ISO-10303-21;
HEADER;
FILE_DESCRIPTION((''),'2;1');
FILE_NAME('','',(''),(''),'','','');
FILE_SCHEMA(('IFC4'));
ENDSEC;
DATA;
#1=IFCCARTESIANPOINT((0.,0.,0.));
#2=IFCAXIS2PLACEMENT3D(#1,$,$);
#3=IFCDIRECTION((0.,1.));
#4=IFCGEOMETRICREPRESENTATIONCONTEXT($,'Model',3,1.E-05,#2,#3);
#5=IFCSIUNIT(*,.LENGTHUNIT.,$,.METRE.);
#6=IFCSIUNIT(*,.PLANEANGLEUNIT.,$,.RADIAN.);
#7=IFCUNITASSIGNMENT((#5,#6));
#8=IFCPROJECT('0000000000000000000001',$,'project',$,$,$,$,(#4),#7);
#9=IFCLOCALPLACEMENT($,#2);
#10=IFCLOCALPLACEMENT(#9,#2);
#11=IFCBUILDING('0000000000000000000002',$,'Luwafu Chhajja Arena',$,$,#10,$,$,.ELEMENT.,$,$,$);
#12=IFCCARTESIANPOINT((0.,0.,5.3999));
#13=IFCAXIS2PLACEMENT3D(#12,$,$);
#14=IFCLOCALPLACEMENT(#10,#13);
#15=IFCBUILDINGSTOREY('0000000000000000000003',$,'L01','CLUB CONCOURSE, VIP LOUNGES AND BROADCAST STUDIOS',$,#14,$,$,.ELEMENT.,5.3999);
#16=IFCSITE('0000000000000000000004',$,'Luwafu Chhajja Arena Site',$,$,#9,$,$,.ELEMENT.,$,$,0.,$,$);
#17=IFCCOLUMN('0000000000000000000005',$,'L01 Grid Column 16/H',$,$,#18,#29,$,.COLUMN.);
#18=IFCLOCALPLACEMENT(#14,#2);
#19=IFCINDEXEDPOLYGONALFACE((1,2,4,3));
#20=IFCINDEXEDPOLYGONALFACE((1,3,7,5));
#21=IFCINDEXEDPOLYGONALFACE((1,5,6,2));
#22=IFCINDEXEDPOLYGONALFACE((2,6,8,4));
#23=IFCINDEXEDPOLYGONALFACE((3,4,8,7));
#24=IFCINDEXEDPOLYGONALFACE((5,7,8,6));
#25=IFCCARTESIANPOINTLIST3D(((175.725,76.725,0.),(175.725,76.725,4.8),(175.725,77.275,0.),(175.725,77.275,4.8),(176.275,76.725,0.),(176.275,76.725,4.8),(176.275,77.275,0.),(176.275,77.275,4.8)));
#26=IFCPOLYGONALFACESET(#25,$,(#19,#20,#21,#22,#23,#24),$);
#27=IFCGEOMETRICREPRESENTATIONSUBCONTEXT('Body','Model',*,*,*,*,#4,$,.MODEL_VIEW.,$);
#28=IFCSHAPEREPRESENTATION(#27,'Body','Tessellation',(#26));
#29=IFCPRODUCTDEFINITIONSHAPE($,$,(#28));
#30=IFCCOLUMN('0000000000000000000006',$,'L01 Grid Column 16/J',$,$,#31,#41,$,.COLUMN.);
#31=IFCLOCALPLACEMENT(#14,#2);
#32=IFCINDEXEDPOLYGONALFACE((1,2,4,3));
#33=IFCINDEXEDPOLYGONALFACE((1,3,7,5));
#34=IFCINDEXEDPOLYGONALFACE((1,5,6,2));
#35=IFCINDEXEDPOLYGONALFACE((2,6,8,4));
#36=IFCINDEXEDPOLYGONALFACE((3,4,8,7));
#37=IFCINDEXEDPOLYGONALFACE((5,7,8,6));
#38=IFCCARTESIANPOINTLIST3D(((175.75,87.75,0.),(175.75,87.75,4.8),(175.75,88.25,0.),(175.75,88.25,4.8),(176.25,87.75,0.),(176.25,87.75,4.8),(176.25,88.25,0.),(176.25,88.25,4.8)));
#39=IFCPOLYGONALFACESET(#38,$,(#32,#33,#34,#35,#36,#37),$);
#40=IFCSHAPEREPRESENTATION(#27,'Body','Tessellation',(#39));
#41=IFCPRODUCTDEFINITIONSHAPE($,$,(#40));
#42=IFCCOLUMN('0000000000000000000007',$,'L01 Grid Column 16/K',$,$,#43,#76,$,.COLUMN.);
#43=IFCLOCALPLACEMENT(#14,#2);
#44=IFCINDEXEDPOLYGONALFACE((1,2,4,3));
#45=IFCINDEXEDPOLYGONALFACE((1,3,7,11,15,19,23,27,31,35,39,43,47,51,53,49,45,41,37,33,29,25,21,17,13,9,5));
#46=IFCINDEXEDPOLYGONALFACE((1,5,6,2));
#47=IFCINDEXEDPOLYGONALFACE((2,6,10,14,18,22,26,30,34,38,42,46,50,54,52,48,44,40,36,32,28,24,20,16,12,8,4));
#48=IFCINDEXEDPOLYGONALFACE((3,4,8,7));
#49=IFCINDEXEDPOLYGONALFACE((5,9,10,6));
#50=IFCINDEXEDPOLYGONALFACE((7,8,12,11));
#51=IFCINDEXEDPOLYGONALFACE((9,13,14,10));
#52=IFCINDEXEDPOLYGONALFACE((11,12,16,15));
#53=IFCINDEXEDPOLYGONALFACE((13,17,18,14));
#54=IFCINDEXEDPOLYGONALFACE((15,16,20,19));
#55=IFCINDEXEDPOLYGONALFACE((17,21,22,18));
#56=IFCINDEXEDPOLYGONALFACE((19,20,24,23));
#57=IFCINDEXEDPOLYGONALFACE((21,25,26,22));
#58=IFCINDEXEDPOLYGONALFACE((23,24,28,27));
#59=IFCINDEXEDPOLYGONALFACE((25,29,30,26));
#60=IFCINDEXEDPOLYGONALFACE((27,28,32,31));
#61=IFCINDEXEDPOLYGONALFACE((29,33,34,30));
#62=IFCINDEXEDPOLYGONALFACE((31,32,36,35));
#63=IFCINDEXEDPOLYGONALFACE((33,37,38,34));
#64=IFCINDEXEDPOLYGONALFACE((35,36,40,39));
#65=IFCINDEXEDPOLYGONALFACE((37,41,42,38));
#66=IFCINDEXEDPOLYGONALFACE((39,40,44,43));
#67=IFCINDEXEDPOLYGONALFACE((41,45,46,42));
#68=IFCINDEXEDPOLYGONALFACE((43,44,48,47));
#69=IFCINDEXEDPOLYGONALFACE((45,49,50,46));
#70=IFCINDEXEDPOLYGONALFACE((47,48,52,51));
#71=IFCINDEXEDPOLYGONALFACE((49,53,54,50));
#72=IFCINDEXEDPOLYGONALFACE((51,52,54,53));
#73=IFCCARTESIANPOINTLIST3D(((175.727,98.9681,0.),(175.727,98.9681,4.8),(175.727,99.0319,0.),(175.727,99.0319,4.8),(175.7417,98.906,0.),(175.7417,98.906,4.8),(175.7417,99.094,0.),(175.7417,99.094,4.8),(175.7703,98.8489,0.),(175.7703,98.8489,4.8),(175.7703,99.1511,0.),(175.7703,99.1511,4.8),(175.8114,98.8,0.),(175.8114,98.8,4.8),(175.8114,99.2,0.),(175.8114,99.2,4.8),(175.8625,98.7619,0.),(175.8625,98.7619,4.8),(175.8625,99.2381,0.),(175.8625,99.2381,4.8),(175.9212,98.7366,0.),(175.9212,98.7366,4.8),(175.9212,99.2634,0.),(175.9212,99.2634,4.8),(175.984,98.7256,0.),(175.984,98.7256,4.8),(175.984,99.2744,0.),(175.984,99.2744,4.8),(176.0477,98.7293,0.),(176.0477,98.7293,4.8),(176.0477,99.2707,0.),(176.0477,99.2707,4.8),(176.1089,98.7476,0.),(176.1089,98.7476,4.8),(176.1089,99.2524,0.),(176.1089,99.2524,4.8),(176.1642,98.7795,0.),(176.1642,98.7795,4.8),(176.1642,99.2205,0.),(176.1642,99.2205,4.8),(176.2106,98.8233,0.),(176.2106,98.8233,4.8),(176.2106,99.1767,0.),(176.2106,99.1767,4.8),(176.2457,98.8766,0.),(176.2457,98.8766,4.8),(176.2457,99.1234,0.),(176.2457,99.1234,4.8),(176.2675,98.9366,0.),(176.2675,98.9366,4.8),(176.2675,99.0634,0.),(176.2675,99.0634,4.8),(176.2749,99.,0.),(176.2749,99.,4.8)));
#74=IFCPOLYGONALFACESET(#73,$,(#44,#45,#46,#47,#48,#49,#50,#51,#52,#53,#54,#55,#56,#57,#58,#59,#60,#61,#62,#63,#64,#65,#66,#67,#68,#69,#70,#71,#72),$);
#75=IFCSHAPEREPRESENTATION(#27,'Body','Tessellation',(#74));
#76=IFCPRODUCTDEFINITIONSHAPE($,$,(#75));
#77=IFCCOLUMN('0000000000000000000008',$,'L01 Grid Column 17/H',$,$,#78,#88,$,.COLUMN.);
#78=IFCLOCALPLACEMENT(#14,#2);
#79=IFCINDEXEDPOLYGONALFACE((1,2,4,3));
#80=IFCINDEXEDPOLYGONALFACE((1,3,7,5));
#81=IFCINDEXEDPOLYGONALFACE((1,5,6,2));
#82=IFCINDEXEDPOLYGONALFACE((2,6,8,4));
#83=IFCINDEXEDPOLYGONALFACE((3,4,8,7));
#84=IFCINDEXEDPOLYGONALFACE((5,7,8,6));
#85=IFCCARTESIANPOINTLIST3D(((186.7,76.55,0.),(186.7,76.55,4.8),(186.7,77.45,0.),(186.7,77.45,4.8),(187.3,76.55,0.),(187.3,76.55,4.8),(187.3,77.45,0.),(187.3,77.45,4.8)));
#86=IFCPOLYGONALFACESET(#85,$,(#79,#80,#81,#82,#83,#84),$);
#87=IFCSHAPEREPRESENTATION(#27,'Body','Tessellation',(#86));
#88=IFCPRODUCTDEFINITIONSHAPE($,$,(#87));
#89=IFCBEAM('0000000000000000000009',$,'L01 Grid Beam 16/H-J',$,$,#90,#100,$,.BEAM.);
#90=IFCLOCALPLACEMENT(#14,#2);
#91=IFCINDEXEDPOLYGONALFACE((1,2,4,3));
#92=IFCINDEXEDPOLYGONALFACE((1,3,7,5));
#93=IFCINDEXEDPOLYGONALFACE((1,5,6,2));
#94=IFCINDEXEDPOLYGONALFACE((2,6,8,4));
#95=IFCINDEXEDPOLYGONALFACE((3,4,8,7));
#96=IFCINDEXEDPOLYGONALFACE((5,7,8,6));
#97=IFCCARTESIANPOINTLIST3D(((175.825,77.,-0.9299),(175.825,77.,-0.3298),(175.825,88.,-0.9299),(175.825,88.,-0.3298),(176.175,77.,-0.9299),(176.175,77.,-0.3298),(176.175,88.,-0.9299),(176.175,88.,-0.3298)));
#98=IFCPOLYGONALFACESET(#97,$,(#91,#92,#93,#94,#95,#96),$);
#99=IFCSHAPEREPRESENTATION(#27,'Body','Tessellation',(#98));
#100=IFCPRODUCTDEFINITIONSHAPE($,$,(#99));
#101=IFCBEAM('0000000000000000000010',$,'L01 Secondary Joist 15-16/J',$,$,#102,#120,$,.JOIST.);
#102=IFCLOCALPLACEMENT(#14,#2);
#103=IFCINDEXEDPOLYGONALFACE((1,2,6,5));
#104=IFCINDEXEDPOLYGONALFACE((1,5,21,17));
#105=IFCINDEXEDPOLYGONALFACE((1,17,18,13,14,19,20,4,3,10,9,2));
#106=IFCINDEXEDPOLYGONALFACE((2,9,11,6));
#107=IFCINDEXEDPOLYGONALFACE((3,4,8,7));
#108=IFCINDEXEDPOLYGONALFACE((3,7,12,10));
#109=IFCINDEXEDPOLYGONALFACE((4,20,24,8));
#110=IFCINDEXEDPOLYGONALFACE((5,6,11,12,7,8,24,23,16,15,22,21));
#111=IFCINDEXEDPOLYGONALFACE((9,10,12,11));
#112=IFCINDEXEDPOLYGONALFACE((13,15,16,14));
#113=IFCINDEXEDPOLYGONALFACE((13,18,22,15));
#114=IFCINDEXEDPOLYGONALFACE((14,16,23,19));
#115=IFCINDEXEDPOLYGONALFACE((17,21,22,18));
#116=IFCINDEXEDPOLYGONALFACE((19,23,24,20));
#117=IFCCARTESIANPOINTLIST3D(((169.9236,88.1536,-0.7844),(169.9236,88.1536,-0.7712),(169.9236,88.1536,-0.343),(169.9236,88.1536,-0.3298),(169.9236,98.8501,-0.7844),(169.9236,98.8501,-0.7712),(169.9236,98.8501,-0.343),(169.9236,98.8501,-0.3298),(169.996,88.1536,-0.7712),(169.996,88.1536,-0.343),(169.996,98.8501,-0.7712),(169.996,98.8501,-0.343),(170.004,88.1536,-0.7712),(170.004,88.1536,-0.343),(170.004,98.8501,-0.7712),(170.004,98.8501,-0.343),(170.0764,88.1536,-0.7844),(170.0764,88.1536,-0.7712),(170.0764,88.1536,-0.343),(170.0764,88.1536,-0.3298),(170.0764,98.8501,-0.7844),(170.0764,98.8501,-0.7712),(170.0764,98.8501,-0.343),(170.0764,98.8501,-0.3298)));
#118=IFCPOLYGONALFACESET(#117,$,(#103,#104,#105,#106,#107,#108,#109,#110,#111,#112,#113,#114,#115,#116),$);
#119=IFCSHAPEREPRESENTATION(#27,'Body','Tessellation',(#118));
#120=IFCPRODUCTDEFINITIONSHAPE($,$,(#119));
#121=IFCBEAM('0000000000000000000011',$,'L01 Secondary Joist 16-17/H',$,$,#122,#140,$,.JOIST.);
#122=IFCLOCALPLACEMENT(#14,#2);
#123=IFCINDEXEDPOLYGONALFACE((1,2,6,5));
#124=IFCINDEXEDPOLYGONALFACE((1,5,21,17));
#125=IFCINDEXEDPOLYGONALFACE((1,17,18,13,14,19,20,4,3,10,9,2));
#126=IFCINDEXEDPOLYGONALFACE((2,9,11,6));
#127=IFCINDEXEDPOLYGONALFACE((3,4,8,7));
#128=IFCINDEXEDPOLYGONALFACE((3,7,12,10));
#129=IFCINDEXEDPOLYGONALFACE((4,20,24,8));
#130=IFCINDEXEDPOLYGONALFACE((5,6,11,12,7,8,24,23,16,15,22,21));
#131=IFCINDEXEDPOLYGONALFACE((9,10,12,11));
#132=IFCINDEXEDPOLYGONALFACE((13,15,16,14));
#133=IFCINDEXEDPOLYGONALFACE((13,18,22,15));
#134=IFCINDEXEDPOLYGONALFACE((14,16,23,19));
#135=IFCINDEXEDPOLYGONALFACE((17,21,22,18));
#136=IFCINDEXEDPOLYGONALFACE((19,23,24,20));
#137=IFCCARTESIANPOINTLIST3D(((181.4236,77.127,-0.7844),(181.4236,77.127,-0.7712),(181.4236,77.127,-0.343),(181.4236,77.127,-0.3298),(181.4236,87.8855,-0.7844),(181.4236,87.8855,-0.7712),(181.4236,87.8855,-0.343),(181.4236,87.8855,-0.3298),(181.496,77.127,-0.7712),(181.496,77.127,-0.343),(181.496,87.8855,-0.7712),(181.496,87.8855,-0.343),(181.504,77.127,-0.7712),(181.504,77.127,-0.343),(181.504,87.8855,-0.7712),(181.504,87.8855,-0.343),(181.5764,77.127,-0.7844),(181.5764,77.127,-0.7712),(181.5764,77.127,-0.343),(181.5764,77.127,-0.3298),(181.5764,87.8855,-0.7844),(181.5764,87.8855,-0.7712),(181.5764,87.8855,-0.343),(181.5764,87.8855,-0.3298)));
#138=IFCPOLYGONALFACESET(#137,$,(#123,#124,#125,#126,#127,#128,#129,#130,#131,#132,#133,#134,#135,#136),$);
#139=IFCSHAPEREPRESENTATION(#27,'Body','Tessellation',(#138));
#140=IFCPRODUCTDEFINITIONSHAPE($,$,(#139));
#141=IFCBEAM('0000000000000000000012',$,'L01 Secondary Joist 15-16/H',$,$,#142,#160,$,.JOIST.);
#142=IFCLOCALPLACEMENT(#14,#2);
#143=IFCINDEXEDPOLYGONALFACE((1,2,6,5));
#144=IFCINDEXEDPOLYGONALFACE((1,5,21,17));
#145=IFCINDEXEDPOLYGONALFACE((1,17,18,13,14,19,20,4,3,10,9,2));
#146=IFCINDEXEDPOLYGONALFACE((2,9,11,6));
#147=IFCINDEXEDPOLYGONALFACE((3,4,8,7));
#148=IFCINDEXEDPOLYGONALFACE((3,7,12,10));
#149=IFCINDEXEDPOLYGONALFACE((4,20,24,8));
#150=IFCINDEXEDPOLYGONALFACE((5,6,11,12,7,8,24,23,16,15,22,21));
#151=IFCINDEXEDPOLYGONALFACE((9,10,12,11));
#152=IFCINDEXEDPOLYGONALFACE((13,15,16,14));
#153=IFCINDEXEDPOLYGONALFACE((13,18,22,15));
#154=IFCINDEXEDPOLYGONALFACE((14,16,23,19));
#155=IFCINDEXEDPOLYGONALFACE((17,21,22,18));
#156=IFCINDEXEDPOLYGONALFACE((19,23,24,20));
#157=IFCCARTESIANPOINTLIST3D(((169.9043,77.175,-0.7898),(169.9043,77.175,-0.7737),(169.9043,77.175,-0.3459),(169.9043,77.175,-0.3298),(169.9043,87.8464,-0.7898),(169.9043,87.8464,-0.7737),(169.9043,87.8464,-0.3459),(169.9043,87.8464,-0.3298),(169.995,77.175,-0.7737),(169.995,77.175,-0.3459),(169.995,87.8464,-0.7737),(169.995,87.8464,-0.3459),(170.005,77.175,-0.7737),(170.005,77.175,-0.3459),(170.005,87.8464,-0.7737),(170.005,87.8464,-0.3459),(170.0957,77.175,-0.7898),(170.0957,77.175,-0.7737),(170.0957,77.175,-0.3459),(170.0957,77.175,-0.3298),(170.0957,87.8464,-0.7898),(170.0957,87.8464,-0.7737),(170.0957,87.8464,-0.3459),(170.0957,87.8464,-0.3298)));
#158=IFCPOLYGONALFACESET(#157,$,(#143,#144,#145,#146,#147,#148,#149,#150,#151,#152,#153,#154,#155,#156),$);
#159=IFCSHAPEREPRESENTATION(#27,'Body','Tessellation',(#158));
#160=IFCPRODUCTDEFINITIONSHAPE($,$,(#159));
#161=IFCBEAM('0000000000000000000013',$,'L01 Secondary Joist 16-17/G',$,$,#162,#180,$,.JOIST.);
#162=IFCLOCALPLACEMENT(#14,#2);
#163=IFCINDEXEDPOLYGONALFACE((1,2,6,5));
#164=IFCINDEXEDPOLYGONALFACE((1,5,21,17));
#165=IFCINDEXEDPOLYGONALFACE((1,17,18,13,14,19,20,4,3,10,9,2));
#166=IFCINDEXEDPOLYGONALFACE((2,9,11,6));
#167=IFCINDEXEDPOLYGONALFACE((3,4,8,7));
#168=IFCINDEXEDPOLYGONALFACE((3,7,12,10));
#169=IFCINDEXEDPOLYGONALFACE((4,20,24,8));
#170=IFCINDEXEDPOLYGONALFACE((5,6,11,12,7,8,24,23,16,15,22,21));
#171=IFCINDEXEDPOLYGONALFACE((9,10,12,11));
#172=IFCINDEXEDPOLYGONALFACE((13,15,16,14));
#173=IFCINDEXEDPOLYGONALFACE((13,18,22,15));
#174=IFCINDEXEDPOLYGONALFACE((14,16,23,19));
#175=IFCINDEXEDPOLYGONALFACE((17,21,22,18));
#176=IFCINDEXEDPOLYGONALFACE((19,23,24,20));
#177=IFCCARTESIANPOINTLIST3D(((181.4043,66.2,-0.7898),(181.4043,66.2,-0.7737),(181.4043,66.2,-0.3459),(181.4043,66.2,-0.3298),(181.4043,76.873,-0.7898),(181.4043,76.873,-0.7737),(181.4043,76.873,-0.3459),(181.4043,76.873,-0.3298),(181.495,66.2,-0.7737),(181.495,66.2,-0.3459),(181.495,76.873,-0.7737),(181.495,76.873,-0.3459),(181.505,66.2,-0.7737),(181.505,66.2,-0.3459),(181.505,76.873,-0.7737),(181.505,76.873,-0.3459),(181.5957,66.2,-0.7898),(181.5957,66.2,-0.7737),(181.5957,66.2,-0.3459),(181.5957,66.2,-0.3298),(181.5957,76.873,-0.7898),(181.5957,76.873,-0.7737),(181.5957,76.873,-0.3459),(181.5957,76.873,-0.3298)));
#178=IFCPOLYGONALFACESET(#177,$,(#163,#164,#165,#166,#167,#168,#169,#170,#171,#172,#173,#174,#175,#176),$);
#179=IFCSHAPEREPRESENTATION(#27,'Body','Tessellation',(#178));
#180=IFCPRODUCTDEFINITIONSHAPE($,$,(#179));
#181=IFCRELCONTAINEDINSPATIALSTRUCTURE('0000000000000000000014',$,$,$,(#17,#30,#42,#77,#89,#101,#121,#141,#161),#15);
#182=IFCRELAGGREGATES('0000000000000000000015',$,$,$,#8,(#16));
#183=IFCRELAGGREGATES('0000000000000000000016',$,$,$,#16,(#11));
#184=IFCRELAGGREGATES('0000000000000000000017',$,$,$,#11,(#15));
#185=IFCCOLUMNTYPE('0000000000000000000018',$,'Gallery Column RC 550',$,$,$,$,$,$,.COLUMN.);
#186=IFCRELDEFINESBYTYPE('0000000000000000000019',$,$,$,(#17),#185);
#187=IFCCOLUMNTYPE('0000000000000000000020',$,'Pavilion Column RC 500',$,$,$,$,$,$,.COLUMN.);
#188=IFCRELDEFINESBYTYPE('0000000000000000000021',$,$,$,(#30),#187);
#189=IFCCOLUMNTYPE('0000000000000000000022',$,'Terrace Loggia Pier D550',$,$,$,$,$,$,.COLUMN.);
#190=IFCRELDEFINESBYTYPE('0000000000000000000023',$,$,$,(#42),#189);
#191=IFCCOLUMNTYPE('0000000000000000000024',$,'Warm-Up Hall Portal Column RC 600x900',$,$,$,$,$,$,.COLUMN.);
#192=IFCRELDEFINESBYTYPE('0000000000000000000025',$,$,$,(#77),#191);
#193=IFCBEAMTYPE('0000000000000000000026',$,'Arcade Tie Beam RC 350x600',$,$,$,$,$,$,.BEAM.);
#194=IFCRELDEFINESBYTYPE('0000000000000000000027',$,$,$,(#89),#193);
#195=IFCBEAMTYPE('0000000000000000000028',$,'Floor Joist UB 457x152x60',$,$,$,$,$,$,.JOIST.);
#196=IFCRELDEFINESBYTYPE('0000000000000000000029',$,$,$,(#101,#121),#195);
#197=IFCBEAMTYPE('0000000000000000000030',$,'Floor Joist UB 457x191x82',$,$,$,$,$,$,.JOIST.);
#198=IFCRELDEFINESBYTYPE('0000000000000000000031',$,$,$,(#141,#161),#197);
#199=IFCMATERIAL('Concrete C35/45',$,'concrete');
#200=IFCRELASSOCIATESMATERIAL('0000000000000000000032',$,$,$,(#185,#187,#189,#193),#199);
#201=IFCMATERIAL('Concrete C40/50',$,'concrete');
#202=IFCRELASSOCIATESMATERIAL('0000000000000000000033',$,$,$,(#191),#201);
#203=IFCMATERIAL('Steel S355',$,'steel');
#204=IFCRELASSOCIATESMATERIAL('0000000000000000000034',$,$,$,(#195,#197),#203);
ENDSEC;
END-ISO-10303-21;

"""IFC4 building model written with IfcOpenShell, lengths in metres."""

from ifc_helpers import new_model, si_unit, direction, frame, origin, origin_2d, place, context, subcontext, project, spatial, rectangle, circle, i_section, extrude, material, material_profile, profile_set, type_object, element, save


model = new_model("IFC4")

# Units and contexts
model_context = context("Model", 3, precision=1e-05, world=origin(), true_north=direction((0.0, 1.0)))
body_context = subcontext(model_context, "Body", "Model", "MODEL_VIEW")
ifc_project = project(units=[si_unit("LENGTHUNIT", "METRE"), si_unit("PLANEANGLEUNIT", "RADIAN")], contexts=[model_context])

# Site, building, storey
site_placement = place(None, origin())
site = spatial("IfcSite", under=ifc_project, at=site_placement, Name="Luwafu Chhajja Arena Site", CompositionType="ELEMENT", RefElevation=0.0)
building_placement = place(site_placement, origin())
building = spatial("IfcBuilding", under=site, at=building_placement, Name="Luwafu Chhajja Arena", CompositionType="ELEMENT")
storey_placement = place(building_placement, frame((0.0, 0.0, 5.3999)))
storey = spatial("IfcBuildingStorey", under=building, at=storey_placement, Name="L01", Description="CLUB CONCOURSE, VIP LOUNGES AND BROADCAST STUDIOS", CompositionType="ELEMENT", Elevation=5.3999)

# Columns
ifc_material_1 = material(Name="Concrete C35/45", Category="concrete")
ifc_material_profile_1 = material_profile(ifc_material_1, rectangle(XDim=0.55, YDim=0.55, at=origin_2d()), Name="RC 550x550")
ifc_profile_set_1 = profile_set([ifc_material_profile_1], Name="Concrete C35/45")
column_type_1 = type_object("IfcColumnType", Name="Gallery Column RC 550", PredefinedType="COLUMN", material=ifc_profile_set_1)
column_1_placement = place(storey_placement, frame((176.0, 77.0, 0.0), z_axis=(0.0, 0.0, 1.0), x_axis=(1.0, 0.0, 0.0)))
element("IfcColumn", 1, at=column_1_placement, inside=storey, type_object=column_type_1, Name="L01 Grid Column 16/H", PredefinedType="COLUMN", context=body_context, shape_type="SweptSolid", body=[
    extrude(rectangle(XDim=0.55, YDim=0.55, at=origin_2d()), origin(), (0.0, 0.0, 1.0), 4.8),
])
ifc_material_profile_2 = material_profile(ifc_material_1, rectangle(XDim=0.5, YDim=0.5, at=origin_2d()), Name="RC 500x500")
ifc_profile_set_2 = profile_set([ifc_material_profile_2], Name="Concrete C35/45")
column_type_2 = type_object("IfcColumnType", Name="Pavilion Column RC 500", PredefinedType="COLUMN", material=ifc_profile_set_2)
column_2_placement = place(storey_placement, frame((176.0, 88.0, 0.0), z_axis=(0.0, 0.0, 1.0), x_axis=(1.0, 0.0, 0.0)))
element("IfcColumn", 2, at=column_2_placement, inside=storey, type_object=column_type_2, Name="L01 Grid Column 16/J", PredefinedType="COLUMN", context=body_context, shape_type="SweptSolid", body=[
    extrude(rectangle(XDim=0.5, YDim=0.5, at=origin_2d()), origin(), (0.0, 0.0, 1.0), 4.8),
])
ifc_material_profile_3 = material_profile(ifc_material_1, circle(Radius=0.2749, at=origin_2d()), Name="RC COL D550")
ifc_profile_set_3 = profile_set([ifc_material_profile_3], Name="Concrete C35/45")
column_type_3 = type_object("IfcColumnType", Name="Terrace Loggia Pier D550", PredefinedType="COLUMN", material=ifc_profile_set_3)
column_3_placement = place(storey_placement, frame((176.0, 99.0, 0.0), z_axis=(0.0, 0.0, 1.0), x_axis=(1.0, 0.0, 0.0)))
element("IfcColumn", 3, at=column_3_placement, inside=storey, type_object=column_type_3, Name="L01 Grid Column 16/K", PredefinedType="COLUMN", context=body_context, shape_type="SweptSolid", body=[
    extrude(circle(Radius=0.2749, at=origin_2d()), origin(), (0.0, 0.0, 1.0), 4.8),
])
ifc_material_2 = material(Name="Concrete C40/50", Category="concrete")
ifc_material_profile_4 = material_profile(ifc_material_2, rectangle(XDim=0.6001, YDim=0.8999, at=origin_2d()), Name="RC 600x900")
ifc_profile_set_4 = profile_set([ifc_material_profile_4], Name="Concrete C40/50")
column_type_4 = type_object("IfcColumnType", Name="Warm-Up Hall Portal Column RC 600x900", PredefinedType="COLUMN", material=ifc_profile_set_4)
column_4_placement = place(storey_placement, frame((187.0, 77.0, 0.0), z_axis=(0.0, 0.0, 1.0), x_axis=(1.0, 0.0, 0.0)))
element("IfcColumn", 4, at=column_4_placement, inside=storey, type_object=column_type_4, Name="L01 Grid Column 17/H", PredefinedType="COLUMN", context=body_context, shape_type="SweptSolid", body=[
    extrude(rectangle(XDim=0.6001, YDim=0.8999, at=origin_2d()), origin(), (0.0, 0.0, 1.0), 4.8),
])

# Beams
ifc_material_profile_5 = material_profile(ifc_material_1, rectangle(XDim=0.3501, YDim=0.6001, at=origin_2d()), Name="RC 350x600")
ifc_profile_set_5 = profile_set([ifc_material_profile_5], Name="Concrete C35/45")
beam_type_1 = type_object("IfcBeamType", Name="Arcade Tie Beam RC 350x600", PredefinedType="BEAM", material=ifc_profile_set_5)
beam_1_placement = place(storey_placement, frame((176.0, 77.0, -0.6299), z_axis=(0.0, 1.0, 0.0), x_axis=(-1.0, 0.0, 0.0)))
element("IfcBeam", 5, at=beam_1_placement, inside=storey, type_object=beam_type_1, Name="L01 Grid Beam 16/H-J", PredefinedType="BEAM", context=body_context, shape_type="SweptSolid", body=[
    extrude(rectangle(XDim=0.3501, YDim=0.6001, at=origin_2d()), origin(), (0.0, 0.0, 1.0), 11.0),
])
ifc_material_3 = material(Name="Steel S355", Category="steel")
ifc_material_profile_6 = material_profile(ifc_material_3, i_section(OverallWidth=0.1528, OverallDepth=0.4546, WebThickness=0.0081, FlangeThickness=0.0132, at=origin_2d()), Name="UB 457x152x60")
ifc_profile_set_6 = profile_set([ifc_material_profile_6], Name="Steel S355")
beam_type_2 = type_object("IfcBeamType", Name="Floor Joist UB 457x152x60", PredefinedType="JOIST", material=ifc_profile_set_6)
beam_2_placement = place(storey_placement, frame((170.0, 88.1536, -0.5571), z_axis=(0.0, 1.0, 0.0), x_axis=(-1.0, 0.0, 0.0)))
element("IfcBeam", 6, at=beam_2_placement, inside=storey, type_object=beam_type_2, Name="L01 Secondary Joist 15-16/J", PredefinedType="JOIST", context=body_context, shape_type="SweptSolid", body=[
    extrude(i_section(OverallWidth=0.1528, OverallDepth=0.4546, WebThickness=0.0081, FlangeThickness=0.0132, at=origin_2d()), origin(), (0.0, 0.0, 1.0), 10.6965),
])
beam_3_placement = place(storey_placement, frame((181.5, 77.127, -0.5571), z_axis=(0.0, 1.0, 0.0), x_axis=(-1.0, 0.0, 0.0)))
element("IfcBeam", 7, at=beam_3_placement, inside=storey, type_object=beam_type_2, Name="L01 Secondary Joist 16-17/H", PredefinedType="JOIST", context=body_context, shape_type="SweptSolid", body=[
    extrude(i_section(OverallWidth=0.1528, OverallDepth=0.4546, WebThickness=0.0081, FlangeThickness=0.0132, at=origin_2d()), origin(), (0.0, 0.0, 1.0), 10.7585),
])
ifc_material_profile_7 = material_profile(ifc_material_3, i_section(OverallWidth=0.1914, OverallDepth=0.46, WebThickness=0.01, FlangeThickness=0.0161, at=origin_2d()), Name="UB 457x191x82")
ifc_profile_set_7 = profile_set([ifc_material_profile_7], Name="Steel S355")
beam_type_3 = type_object("IfcBeamType", Name="Floor Joist UB 457x191x82", PredefinedType="JOIST", material=ifc_profile_set_7)
beam_4_placement = place(storey_placement, frame((170.0, 77.175, -0.5598), z_axis=(0.0, 1.0, 0.0), x_axis=(-1.0, 0.0, 0.0)))
element("IfcBeam", 8, at=beam_4_placement, inside=storey, type_object=beam_type_3, Name="L01 Secondary Joist 15-16/H", PredefinedType="JOIST", context=body_context, shape_type="SweptSolid", body=[
    extrude(i_section(OverallWidth=0.1914, OverallDepth=0.46, WebThickness=0.01, FlangeThickness=0.0161, at=origin_2d()), origin(), (0.0, 0.0, 1.0), 10.6714),
])
beam_5_placement = place(storey_placement, frame((181.5, 66.2, -0.5598), z_axis=(0.0, 1.0, 0.0), x_axis=(-1.0, 0.0, 0.0)))
element("IfcBeam", 9, at=beam_5_placement, inside=storey, type_object=beam_type_3, Name="L01 Secondary Joist 16-17/G", PredefinedType="JOIST", context=body_context, shape_type="SweptSolid", body=[
    extrude(i_section(OverallWidth=0.1914, OverallDepth=0.46, WebThickness=0.01, FlangeThickness=0.0161, at=origin_2d()), origin(), (0.0, 0.0, 1.0), 10.6731),
])

save(model, "model.ifc")
